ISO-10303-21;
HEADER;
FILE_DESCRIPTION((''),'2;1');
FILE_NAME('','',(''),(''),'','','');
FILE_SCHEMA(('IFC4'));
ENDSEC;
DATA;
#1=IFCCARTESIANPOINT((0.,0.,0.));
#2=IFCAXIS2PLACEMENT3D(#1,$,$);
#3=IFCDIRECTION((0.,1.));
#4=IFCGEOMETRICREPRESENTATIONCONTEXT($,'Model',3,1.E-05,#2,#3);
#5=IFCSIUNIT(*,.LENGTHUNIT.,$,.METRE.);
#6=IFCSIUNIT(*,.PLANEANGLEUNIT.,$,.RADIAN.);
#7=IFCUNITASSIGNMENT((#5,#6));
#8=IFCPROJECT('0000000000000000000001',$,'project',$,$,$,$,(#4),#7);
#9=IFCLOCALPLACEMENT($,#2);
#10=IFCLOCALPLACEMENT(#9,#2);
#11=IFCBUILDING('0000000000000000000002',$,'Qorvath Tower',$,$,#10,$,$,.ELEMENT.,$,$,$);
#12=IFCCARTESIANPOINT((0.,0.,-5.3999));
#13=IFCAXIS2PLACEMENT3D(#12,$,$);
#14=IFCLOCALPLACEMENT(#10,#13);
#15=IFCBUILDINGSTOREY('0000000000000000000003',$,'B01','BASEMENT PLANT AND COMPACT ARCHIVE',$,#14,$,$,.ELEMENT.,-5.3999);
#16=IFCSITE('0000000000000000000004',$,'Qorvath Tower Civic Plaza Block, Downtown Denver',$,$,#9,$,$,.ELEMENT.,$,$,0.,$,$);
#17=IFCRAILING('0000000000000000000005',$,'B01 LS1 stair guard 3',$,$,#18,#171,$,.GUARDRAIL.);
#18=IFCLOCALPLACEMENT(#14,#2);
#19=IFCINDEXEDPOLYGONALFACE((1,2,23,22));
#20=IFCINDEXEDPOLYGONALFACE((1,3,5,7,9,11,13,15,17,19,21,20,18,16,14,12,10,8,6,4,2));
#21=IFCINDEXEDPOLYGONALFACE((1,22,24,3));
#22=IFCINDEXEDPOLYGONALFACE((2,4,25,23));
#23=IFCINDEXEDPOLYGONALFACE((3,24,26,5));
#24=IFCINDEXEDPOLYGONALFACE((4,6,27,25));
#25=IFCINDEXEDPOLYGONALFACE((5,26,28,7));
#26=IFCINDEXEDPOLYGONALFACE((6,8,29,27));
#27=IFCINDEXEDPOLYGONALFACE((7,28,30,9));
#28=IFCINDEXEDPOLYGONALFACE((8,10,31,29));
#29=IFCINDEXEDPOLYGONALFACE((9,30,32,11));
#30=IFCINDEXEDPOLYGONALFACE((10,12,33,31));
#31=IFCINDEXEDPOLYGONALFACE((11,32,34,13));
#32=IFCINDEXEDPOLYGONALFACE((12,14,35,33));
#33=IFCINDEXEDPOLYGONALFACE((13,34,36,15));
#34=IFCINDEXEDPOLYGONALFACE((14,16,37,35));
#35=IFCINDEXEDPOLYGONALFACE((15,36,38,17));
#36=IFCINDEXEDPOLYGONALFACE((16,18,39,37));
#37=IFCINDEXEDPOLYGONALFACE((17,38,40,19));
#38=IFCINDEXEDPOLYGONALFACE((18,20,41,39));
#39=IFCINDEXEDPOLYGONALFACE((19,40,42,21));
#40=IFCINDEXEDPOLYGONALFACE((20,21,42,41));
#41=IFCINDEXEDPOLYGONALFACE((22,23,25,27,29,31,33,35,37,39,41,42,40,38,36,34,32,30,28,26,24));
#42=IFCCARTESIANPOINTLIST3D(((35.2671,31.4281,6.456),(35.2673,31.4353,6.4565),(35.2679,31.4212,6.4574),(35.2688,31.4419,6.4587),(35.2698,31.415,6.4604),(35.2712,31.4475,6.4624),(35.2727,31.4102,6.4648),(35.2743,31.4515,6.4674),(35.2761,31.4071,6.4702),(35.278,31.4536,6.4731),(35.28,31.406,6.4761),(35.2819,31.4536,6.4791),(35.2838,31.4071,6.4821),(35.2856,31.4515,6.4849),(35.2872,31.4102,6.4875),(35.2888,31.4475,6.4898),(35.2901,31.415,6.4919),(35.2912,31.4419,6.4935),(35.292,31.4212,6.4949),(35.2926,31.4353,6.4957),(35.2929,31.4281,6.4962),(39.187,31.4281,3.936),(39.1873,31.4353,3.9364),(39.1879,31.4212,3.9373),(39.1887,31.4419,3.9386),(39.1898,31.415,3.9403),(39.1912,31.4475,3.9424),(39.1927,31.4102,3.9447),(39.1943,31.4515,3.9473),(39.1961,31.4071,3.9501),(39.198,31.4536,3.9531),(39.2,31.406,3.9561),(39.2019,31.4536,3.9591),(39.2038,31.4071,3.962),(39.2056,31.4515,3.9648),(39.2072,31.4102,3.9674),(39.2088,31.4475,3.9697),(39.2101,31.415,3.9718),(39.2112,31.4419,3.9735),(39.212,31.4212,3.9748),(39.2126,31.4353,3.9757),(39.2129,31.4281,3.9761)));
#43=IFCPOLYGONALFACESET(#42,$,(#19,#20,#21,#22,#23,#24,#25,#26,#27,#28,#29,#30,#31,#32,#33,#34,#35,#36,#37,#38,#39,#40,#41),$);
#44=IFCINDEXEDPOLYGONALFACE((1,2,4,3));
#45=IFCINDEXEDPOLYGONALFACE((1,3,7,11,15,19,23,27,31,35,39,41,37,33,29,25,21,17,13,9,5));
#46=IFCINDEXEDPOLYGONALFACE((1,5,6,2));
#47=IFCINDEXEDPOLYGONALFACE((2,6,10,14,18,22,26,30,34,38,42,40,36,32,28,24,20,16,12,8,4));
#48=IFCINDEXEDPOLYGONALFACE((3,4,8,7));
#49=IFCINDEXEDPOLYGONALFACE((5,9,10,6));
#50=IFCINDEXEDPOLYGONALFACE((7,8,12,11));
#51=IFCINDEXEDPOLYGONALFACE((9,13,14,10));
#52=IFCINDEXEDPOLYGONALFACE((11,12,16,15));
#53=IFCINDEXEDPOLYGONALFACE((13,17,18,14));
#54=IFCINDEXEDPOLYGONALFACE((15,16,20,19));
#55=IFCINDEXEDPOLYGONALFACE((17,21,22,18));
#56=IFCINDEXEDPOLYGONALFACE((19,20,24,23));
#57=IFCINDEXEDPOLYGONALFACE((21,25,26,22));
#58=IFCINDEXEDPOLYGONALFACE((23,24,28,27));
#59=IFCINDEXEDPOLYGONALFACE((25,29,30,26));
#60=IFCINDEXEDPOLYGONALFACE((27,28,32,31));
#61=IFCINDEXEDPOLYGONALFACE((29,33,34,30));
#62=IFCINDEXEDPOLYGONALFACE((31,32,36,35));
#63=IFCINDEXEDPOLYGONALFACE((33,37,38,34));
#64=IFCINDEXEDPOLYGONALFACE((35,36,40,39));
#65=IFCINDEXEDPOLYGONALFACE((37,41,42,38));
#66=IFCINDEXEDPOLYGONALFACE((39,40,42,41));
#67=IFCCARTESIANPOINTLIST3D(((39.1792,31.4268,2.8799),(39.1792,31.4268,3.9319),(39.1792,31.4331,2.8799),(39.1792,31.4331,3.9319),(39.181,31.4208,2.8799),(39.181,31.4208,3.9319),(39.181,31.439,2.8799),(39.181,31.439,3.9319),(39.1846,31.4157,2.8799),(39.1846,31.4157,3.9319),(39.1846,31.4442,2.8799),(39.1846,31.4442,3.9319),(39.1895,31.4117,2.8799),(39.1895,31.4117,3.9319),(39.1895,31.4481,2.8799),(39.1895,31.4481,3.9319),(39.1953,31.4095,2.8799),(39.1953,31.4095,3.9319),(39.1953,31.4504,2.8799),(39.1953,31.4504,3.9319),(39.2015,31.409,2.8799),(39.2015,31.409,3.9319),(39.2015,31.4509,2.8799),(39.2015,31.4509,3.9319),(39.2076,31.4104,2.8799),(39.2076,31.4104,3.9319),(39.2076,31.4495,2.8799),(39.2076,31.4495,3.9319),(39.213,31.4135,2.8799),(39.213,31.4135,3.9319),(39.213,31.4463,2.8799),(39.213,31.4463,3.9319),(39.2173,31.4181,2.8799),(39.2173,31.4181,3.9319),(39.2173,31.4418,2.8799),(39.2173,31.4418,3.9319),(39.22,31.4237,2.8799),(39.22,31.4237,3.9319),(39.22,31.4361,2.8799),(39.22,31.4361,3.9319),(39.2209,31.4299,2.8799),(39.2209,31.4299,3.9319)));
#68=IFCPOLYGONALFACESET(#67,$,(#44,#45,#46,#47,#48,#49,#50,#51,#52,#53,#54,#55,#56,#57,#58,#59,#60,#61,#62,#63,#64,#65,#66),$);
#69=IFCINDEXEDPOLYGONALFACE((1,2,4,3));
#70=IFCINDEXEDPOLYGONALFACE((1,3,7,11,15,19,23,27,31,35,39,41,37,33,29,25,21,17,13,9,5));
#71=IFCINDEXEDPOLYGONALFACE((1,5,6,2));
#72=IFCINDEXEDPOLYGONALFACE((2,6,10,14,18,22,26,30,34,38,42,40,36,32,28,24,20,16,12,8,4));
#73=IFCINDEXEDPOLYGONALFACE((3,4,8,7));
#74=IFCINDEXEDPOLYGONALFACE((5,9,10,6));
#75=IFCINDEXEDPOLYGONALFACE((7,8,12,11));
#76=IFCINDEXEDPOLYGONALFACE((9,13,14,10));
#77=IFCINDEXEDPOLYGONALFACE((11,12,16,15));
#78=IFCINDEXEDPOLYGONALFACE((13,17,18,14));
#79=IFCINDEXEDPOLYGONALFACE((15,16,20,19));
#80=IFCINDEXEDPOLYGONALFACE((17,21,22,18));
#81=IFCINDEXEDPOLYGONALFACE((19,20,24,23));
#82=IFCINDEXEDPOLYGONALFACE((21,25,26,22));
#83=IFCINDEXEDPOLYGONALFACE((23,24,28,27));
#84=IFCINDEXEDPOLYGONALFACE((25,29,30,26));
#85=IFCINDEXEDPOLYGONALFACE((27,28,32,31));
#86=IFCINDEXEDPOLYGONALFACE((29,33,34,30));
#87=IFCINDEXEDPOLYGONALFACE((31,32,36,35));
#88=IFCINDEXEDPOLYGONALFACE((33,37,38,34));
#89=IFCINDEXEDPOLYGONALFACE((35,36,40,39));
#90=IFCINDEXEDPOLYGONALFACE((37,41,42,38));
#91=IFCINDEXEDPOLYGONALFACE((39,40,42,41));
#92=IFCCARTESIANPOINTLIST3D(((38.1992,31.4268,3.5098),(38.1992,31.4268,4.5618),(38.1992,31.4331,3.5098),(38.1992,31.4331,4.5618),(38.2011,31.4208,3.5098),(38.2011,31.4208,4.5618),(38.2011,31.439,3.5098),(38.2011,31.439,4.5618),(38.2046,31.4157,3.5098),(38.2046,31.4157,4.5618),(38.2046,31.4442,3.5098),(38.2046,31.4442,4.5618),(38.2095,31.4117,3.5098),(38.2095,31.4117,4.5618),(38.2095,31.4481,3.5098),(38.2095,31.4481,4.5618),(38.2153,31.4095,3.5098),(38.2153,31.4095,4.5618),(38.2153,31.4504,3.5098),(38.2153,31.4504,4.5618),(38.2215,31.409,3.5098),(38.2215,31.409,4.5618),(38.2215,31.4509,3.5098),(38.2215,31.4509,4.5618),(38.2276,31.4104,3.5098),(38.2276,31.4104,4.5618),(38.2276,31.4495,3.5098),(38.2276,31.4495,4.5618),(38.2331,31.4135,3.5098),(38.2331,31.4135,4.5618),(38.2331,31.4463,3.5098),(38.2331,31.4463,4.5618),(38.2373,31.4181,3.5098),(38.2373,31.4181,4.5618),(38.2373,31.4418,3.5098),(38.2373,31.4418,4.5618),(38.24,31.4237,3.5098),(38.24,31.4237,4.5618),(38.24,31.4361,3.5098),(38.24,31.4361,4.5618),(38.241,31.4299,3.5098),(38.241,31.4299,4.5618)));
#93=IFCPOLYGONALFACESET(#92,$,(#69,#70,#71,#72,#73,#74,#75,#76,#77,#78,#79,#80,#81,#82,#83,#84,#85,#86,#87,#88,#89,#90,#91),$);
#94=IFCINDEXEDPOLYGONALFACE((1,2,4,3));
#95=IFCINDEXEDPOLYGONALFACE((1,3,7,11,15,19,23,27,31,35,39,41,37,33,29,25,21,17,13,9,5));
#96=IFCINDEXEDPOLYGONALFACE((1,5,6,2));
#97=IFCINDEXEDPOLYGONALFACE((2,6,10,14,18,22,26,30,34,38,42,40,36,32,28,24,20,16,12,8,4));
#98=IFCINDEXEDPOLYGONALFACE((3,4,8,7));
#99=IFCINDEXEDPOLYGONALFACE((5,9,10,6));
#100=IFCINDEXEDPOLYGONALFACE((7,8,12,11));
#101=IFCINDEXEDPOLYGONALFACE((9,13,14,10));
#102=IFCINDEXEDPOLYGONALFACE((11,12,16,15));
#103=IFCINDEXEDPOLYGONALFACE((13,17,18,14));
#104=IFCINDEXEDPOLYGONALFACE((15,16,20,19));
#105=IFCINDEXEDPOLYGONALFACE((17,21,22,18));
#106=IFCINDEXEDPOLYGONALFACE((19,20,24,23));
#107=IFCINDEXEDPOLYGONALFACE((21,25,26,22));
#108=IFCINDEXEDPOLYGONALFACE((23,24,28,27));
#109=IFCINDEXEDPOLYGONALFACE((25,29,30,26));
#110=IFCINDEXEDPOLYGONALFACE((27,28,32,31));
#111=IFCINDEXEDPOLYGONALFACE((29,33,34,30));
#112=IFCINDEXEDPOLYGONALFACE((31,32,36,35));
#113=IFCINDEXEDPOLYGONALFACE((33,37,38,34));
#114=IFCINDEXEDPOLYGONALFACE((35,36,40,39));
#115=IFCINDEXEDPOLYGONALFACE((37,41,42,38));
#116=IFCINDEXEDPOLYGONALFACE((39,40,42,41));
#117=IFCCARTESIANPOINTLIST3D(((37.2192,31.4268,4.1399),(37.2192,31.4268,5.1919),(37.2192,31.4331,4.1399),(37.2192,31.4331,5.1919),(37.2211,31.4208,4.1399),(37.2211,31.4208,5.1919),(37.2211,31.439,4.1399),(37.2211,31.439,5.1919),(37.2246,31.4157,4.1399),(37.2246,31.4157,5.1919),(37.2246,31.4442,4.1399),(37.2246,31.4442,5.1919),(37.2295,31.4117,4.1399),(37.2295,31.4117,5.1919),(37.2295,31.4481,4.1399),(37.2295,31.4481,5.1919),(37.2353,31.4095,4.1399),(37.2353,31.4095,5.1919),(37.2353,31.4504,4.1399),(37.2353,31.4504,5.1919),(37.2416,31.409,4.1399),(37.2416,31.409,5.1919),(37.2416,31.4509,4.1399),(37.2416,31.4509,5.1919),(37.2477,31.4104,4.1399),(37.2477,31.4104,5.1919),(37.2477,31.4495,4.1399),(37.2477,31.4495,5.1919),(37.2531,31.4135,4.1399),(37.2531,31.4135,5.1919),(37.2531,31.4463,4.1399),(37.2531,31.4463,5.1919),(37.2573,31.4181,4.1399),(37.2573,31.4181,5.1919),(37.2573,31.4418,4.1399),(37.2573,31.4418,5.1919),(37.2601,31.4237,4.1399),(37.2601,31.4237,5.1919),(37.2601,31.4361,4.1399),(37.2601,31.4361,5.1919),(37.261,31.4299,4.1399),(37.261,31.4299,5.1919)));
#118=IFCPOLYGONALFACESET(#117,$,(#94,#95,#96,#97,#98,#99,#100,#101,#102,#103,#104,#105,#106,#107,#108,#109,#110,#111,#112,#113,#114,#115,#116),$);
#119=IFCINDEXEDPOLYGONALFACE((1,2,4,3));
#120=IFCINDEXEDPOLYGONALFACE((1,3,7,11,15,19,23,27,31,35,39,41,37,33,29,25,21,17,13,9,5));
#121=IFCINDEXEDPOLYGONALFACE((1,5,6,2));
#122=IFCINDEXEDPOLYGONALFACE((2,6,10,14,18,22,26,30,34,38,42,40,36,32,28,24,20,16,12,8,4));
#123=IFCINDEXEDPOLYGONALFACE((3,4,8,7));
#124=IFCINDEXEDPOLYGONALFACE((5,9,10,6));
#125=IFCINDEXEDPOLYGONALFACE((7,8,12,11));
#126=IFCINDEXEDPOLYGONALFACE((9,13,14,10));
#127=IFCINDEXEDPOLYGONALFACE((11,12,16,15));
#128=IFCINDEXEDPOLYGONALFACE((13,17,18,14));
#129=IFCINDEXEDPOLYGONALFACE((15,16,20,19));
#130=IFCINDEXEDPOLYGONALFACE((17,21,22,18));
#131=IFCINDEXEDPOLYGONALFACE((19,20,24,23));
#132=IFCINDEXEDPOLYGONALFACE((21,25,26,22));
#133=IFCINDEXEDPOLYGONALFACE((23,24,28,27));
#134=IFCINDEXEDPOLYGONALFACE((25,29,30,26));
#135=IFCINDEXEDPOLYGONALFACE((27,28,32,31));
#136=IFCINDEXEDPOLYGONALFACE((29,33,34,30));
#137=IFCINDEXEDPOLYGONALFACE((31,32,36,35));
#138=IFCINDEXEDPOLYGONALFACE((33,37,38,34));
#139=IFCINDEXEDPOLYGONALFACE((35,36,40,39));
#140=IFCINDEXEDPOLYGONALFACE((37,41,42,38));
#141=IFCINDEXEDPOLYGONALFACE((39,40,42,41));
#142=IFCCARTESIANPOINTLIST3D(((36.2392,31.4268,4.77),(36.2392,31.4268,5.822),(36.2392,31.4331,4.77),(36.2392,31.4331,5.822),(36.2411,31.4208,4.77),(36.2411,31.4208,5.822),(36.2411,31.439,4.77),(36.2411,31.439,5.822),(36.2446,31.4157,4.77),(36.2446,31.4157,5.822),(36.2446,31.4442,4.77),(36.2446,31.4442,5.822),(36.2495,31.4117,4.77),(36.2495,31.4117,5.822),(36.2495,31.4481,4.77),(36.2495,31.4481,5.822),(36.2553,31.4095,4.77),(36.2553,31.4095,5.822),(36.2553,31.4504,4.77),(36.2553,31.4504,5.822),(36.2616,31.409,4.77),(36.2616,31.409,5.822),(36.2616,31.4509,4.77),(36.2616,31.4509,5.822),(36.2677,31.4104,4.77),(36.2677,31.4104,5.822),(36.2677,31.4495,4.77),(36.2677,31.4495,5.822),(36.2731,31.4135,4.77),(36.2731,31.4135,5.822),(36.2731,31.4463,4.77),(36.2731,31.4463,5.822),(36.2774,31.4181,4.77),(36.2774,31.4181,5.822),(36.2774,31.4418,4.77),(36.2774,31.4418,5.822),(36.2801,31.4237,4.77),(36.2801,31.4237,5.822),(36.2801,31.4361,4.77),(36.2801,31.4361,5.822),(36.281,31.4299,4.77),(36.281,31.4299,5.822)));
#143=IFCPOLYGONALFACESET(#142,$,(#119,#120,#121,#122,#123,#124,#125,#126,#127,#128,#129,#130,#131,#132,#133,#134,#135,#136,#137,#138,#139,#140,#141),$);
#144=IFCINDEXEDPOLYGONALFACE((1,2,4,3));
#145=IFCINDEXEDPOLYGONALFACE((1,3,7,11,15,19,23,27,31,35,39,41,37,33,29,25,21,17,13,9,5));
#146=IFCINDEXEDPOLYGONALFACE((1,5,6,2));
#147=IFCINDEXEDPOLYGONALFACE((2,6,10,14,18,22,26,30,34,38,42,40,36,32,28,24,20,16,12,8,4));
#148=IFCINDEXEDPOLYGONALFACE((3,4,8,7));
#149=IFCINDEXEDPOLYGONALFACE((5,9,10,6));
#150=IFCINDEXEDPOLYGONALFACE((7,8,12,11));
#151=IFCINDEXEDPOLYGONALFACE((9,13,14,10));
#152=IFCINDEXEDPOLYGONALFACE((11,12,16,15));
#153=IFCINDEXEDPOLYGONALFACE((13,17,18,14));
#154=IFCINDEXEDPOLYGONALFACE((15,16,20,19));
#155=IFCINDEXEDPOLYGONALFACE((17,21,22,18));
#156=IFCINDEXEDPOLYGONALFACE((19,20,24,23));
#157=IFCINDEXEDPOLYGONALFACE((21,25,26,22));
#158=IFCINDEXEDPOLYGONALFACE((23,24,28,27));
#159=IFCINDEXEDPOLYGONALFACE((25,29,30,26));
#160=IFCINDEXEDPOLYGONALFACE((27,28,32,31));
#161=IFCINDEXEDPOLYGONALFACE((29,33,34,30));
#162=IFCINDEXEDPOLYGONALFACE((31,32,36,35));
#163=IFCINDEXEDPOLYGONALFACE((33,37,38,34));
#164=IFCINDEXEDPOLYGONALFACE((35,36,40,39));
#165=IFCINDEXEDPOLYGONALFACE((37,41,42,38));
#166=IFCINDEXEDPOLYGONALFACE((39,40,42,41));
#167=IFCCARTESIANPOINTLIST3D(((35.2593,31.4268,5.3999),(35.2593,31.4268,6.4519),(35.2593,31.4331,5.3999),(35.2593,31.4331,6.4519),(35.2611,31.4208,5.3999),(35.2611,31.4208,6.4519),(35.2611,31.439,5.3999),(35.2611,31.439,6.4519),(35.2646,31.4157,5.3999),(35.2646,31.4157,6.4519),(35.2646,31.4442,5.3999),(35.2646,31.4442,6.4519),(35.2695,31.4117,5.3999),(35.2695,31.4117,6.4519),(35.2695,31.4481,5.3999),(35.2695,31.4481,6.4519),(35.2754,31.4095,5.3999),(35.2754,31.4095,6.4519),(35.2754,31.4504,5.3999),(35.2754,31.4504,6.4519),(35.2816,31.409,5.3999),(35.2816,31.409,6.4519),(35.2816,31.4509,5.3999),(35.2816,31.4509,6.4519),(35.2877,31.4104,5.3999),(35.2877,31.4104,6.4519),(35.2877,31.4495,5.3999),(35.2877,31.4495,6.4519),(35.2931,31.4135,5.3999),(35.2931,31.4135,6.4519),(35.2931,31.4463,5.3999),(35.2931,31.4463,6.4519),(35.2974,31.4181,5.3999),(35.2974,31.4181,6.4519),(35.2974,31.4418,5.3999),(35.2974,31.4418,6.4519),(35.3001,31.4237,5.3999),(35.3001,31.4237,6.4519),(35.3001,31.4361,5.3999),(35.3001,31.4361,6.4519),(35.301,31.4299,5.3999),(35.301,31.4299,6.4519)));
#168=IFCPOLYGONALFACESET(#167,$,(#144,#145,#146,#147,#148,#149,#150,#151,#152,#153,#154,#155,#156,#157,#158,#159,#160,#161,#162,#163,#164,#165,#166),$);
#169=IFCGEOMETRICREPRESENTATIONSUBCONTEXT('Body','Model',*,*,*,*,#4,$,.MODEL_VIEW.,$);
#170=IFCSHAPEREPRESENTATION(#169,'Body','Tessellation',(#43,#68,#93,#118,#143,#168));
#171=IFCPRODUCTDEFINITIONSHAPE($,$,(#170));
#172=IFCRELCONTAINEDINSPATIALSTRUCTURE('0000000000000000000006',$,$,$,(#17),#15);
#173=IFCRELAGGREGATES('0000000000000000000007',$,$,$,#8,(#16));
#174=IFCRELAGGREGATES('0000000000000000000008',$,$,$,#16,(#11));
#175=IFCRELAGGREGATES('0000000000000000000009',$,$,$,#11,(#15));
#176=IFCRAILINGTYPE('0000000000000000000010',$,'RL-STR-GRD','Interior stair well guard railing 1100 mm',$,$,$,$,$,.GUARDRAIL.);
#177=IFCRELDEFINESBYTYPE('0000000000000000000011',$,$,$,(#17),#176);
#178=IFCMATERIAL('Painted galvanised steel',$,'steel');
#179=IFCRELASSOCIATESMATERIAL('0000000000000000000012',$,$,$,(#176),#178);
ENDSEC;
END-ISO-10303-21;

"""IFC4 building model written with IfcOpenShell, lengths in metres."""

from ifc_helpers import new_model, si_unit, direction, frame, origin, origin_2d, place, context, subcontext, project, spatial, circle, extrude, material, type_object, element, save


model = new_model("IFC4")

# Units and contexts
model_context = context("Model", 3, precision=1e-05, world=origin(), true_north=direction((0.0, 1.0)))
body_context = subcontext(model_context, "Body", "Model", "MODEL_VIEW")
ifc_project = project(units=[si_unit("LENGTHUNIT", "METRE"), si_unit("PLANEANGLEUNIT", "RADIAN")], contexts=[model_context])

# Site, building, storey
site_placement = place(None, origin())
site = spatial("IfcSite", under=ifc_project, at=site_placement, Name="Qorvath Tower Civic Plaza Block, Downtown Denver", CompositionType="ELEMENT", RefElevation=0.0)
building_placement = place(site_placement, origin())
building = spatial("IfcBuilding", under=site, at=building_placement, Name="Qorvath Tower", CompositionType="ELEMENT")
storey_placement = place(building_placement, frame((0.0, 0.0, -5.3999)))
storey = spatial("IfcBuildingStorey", under=building, at=storey_placement, Name="B01", Description="BASEMENT PLANT AND COMPACT ARCHIVE", CompositionType="ELEMENT", Elevation=-5.3999)

# Railing
ifc_material_1 = material(Name="Painted galvanised steel", Category="steel")
railing_type_1 = type_object("IfcRailingType", Name="RL-STR-GRD", Description="Interior stair well guard railing 1100 mm", PredefinedType="GUARDRAIL", material=ifc_material_1)
railing_1_placement = place(storey_placement, frame((39.2, 31.4299, 2.8799)))
element("IfcRailing", 1, at=railing_1_placement, inside=storey, type_object=railing_type_1, Name="B01 LS1 stair guard 3", PredefinedType="GUARDRAIL", context=body_context, shape_type="SweptSolid", body=[
    extrude(circle(Radius=0.0239, at=origin_2d()), frame((0.0, 0.0, 1.0762), z_axis=(-0.841172, 0.0, 0.540768), x_axis=(0.0, -1.0, 0.0)), (0.0, 0.0, 1.0), 4.6602),
    extrude(circle(Radius=0.021, at=origin_2d()), origin(), (0.0, 0.0, 1.0), 1.052),
    extrude(circle(Radius=0.021, at=origin_2d()), frame((-0.98, 0.0, 0.6299)), (0.0, 0.0, 1.0), 1.052),
    extrude(circle(Radius=0.021, at=origin_2d()), frame((-1.96, 0.0, 1.26)), (0.0, 0.0, 1.0), 1.052),
    extrude(circle(Radius=0.021, at=origin_2d()), frame((-2.9399, 0.0, 1.8901)), (0.0, 0.0, 1.0), 1.052),
    extrude(circle(Radius=0.021, at=origin_2d()), frame((-3.9199, 0.0, 2.52)), (0.0, 0.0, 1.0), 1.052),
])

save(model, "model.ifc")
